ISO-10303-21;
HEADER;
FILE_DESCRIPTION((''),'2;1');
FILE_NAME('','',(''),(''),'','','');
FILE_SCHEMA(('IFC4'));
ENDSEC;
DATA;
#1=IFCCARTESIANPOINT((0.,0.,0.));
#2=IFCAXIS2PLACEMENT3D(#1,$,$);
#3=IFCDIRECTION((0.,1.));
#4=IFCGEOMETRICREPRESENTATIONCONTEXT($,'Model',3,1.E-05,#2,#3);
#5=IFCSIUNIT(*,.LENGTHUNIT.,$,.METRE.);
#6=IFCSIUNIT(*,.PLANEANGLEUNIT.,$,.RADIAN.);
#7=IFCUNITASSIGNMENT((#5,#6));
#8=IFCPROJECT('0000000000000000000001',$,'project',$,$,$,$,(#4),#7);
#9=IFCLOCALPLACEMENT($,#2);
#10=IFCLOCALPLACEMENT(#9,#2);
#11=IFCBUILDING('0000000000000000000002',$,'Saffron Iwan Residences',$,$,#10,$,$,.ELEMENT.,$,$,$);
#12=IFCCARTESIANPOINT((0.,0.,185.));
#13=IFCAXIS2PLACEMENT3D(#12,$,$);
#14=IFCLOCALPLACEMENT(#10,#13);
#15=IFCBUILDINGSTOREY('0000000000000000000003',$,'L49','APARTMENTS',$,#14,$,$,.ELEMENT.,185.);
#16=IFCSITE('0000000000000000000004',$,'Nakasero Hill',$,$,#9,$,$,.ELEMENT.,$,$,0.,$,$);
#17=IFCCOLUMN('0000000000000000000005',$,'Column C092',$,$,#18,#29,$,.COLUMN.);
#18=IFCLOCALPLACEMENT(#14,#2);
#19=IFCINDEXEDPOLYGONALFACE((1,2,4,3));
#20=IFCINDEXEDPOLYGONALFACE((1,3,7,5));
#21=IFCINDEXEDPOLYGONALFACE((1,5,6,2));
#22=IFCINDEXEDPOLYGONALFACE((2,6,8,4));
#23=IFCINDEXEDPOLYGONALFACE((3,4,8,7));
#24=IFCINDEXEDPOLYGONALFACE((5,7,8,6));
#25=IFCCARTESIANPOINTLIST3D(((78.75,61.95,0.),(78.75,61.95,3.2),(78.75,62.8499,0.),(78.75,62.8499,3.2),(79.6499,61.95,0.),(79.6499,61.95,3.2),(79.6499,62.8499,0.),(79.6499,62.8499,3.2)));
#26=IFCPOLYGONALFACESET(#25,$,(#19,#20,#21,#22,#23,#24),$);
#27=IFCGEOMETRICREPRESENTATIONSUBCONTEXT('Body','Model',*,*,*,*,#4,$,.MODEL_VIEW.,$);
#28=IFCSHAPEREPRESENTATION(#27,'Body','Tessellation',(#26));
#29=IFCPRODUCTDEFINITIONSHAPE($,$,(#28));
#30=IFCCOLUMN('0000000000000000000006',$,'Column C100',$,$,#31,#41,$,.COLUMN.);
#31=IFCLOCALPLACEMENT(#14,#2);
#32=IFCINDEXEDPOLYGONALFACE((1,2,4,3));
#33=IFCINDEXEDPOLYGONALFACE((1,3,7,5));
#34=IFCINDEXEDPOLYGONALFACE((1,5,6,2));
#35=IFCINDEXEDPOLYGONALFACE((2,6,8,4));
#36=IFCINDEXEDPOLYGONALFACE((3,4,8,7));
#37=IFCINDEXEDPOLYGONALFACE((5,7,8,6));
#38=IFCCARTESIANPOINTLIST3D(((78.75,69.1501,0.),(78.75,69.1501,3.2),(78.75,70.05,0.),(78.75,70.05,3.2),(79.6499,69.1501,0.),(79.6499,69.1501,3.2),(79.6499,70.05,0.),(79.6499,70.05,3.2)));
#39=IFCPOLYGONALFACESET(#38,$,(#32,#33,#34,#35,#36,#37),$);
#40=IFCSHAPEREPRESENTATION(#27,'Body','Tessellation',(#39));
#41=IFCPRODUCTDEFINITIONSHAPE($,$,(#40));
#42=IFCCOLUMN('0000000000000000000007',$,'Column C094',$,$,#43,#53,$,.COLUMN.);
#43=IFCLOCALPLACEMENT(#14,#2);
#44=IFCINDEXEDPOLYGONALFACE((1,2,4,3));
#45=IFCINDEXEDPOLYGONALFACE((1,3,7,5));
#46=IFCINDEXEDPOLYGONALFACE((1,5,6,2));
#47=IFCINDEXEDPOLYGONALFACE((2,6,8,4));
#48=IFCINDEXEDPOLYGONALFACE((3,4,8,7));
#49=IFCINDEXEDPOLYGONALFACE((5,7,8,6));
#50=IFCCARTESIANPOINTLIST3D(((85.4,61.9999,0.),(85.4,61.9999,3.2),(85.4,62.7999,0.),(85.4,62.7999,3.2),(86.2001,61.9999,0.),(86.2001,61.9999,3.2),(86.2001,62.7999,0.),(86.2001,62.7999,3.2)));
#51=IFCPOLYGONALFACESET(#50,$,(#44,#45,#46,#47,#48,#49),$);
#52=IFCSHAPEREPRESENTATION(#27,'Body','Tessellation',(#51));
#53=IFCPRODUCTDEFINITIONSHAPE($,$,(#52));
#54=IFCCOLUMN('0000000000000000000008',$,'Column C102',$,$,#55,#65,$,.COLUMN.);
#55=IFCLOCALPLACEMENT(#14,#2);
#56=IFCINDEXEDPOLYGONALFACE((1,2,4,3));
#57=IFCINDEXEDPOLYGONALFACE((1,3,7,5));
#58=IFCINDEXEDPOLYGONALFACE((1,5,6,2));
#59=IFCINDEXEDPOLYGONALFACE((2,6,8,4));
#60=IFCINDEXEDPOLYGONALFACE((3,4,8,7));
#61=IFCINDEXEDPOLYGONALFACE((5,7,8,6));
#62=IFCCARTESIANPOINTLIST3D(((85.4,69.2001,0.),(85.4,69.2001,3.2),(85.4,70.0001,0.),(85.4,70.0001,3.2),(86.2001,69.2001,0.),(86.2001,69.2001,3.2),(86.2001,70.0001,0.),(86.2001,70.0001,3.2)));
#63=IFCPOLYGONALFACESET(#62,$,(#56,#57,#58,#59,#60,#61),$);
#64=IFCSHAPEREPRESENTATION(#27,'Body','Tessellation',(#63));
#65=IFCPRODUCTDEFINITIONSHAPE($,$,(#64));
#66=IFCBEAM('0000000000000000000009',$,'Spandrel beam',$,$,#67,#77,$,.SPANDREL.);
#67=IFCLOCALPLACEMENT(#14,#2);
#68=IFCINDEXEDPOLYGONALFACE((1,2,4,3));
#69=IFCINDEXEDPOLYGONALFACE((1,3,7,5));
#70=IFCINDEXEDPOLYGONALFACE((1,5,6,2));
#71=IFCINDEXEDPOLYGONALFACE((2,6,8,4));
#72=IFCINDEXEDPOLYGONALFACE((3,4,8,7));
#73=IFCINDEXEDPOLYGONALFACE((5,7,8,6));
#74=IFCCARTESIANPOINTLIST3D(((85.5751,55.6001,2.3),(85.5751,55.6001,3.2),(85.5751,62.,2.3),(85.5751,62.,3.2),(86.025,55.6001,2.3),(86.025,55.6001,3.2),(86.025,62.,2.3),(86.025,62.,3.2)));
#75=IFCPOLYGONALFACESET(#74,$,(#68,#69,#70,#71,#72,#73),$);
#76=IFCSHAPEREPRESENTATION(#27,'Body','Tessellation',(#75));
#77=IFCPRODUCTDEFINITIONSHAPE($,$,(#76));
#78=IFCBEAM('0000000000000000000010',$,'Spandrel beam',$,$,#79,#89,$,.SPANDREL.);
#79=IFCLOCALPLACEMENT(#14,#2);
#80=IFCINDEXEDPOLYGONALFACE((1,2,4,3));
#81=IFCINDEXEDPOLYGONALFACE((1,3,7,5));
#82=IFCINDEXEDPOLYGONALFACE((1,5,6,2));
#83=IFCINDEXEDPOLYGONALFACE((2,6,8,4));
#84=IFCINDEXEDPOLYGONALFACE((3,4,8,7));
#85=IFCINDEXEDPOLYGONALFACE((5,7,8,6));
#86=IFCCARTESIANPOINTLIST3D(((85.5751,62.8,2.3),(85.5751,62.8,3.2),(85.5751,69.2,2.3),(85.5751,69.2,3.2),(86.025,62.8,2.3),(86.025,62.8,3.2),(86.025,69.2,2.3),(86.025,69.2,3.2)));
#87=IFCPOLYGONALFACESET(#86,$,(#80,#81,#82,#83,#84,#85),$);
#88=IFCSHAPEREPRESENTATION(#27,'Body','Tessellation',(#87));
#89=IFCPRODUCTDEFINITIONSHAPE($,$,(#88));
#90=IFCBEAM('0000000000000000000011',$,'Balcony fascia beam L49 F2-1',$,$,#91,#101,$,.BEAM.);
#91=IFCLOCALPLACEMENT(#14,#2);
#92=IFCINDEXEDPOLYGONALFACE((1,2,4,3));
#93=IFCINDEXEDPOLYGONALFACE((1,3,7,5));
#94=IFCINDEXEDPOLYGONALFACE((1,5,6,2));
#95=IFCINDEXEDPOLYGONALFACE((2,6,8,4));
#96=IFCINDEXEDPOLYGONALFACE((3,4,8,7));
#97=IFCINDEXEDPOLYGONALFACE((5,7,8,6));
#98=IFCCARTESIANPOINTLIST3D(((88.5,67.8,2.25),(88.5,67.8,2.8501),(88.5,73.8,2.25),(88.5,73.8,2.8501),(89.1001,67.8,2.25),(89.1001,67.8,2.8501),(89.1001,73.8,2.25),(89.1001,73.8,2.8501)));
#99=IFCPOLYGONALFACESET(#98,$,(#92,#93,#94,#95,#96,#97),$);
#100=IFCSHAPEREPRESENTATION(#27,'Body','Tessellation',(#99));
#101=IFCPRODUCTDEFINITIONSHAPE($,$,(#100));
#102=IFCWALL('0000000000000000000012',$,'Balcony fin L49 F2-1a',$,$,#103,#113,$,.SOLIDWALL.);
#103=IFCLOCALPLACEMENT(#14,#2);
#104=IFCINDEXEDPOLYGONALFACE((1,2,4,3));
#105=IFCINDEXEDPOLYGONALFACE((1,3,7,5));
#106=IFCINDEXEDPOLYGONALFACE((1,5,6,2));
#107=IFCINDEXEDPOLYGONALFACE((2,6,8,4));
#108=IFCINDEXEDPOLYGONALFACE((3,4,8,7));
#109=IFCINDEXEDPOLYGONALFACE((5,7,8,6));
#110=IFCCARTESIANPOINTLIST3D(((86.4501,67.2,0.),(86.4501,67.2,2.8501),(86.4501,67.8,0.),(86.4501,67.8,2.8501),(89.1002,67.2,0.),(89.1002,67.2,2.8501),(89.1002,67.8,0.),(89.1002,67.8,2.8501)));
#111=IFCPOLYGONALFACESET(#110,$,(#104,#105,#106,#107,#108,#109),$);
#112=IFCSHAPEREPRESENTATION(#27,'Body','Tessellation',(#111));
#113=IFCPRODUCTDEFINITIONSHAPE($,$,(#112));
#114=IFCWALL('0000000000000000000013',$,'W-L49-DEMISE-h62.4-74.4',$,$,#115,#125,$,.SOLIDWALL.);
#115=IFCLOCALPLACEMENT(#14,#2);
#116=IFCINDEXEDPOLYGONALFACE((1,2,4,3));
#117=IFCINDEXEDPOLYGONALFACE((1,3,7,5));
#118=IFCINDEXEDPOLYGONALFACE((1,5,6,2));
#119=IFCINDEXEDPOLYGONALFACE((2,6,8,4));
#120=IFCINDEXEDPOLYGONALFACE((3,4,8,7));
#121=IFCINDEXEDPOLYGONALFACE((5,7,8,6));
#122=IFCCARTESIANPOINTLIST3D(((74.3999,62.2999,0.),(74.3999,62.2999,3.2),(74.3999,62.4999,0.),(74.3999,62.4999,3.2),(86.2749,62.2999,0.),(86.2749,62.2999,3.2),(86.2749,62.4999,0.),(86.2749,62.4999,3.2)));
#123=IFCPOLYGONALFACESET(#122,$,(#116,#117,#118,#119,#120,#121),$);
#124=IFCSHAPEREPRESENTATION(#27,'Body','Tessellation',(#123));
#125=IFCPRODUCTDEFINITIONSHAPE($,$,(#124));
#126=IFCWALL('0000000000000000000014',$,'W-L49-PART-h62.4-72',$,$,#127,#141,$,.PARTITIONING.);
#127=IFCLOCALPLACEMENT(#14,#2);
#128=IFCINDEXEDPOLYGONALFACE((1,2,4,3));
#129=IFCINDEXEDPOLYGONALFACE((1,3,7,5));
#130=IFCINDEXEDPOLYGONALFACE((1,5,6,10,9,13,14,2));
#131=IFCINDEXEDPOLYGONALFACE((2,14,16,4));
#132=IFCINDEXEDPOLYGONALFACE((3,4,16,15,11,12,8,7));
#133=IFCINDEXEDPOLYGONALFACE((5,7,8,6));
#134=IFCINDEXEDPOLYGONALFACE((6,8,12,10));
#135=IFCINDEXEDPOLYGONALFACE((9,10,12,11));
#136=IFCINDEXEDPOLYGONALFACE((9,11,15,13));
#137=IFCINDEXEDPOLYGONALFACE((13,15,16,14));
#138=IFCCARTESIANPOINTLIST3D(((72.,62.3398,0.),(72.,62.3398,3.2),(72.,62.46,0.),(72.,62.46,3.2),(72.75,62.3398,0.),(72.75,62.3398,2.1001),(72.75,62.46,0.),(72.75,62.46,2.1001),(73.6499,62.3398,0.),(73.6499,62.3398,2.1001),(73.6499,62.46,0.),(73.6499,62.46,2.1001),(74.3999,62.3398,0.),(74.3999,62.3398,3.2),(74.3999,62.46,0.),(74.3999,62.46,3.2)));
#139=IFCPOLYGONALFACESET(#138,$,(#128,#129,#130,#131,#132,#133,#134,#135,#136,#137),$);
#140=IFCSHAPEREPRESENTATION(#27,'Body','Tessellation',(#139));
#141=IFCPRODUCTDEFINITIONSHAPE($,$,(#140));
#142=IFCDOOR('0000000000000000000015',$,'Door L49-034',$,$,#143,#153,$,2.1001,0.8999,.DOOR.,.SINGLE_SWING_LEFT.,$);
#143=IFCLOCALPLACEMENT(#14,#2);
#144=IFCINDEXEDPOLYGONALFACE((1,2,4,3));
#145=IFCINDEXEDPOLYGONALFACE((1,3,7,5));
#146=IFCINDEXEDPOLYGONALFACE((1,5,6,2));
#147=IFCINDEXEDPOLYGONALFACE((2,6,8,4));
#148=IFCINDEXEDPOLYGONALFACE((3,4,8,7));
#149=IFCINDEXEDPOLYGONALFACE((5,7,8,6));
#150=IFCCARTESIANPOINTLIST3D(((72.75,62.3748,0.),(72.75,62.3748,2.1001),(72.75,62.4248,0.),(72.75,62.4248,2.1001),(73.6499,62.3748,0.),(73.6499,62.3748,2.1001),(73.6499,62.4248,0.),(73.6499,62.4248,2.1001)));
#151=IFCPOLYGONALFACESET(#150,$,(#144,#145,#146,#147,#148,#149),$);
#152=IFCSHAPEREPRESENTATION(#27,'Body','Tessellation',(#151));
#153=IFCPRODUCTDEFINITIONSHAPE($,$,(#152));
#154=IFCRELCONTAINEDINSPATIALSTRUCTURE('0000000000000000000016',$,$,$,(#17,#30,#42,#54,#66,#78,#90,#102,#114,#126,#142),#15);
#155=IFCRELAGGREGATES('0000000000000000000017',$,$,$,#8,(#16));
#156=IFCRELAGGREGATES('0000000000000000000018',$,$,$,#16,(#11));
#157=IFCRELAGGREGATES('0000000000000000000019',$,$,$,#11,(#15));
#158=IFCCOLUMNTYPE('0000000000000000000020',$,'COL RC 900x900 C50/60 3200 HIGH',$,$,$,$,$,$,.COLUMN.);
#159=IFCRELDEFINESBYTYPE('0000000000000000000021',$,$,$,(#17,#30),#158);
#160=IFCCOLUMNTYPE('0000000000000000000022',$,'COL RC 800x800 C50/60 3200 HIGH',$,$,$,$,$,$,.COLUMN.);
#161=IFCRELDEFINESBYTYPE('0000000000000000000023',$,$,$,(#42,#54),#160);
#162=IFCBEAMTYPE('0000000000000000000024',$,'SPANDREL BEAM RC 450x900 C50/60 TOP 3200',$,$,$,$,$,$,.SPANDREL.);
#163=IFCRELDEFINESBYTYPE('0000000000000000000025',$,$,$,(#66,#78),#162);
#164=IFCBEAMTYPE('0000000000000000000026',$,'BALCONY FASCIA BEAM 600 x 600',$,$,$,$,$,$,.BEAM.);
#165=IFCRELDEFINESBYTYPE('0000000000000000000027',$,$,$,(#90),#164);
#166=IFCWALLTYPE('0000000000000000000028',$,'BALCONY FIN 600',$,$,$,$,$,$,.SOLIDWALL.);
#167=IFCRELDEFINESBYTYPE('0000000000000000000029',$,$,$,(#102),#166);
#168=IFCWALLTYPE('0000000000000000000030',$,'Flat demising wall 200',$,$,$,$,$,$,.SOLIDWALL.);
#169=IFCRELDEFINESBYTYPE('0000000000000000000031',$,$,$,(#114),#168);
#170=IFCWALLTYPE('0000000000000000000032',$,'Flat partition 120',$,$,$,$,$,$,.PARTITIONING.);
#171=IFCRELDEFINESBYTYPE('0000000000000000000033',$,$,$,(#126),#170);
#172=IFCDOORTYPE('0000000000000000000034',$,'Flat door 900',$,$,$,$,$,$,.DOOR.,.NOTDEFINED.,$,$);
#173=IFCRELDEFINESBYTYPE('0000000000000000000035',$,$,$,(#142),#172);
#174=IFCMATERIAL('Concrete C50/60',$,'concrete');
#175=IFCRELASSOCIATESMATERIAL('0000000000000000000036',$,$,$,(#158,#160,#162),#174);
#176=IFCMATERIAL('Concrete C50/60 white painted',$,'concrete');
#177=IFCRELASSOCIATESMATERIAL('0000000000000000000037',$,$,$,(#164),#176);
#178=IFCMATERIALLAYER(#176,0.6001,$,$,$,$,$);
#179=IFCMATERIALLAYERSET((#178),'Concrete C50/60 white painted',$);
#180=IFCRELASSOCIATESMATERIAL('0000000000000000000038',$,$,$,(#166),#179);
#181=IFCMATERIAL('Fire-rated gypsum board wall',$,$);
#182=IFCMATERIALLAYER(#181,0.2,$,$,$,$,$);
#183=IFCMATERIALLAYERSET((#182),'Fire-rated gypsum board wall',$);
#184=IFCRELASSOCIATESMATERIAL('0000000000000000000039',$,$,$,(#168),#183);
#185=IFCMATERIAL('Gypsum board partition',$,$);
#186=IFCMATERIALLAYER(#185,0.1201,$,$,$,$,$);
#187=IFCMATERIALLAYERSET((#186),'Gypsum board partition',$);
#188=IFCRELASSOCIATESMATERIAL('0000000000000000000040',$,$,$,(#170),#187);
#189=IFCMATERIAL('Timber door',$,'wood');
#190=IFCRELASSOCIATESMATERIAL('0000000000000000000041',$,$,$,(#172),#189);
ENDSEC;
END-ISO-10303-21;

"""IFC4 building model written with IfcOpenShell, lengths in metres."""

from ifc_helpers import new_model, si_unit, direction, frame, frame_2d, origin, origin_2d, place, context, subcontext, project, spatial, rectangle, extrude, source, transform, mapped, material, layer, layer_set, material_profile, profile_set, type_object, element, fill, save


model = new_model("IFC4")

# Units and contexts
model_context = context("Model", 3, precision=1e-05, world=origin(), true_north=direction((0.0, 1.0)))
body_context = subcontext(model_context, "Body", "Model", "MODEL_VIEW")
ifc_project = project(units=[si_unit("LENGTHUNIT", "METRE"), si_unit("PLANEANGLEUNIT", "RADIAN")], contexts=[model_context])

# Site, building, storey
site_placement = place(None, origin())
site = spatial("IfcSite", under=ifc_project, at=site_placement, Name="Nakasero Hill", CompositionType="ELEMENT", RefElevation=0.0)
building_placement = place(site_placement, origin())
building = spatial("IfcBuilding", under=site, at=building_placement, Name="Saffron Iwan Residences", CompositionType="ELEMENT")
storey_placement = place(building_placement, frame((0.0, 0.0, 185.0)))
storey = spatial("IfcBuildingStorey", under=building, at=storey_placement, Name="L49", Description="APARTMENTS", CompositionType="ELEMENT", Elevation=185.0)

# Columns
ifc_material_1 = material(Name="Concrete C50/60", Category="concrete")
ifc_material_profile_1 = material_profile(ifc_material_1, rectangle(XDim=0.8999, YDim=0.8999, at=origin_2d()), Name="RC 900x900")
ifc_profile_set_1 = profile_set([ifc_material_profile_1], Name="Concrete C50/60")
column_type_1 = type_object("IfcColumnType", Name="COL RC 900x900 C50/60 3200 HIGH", PredefinedType="COLUMN", material=ifc_profile_set_1)
shared_shape_1 = source(origin(), body_context, "Body", "SweptSolid", [
    extrude(rectangle(XDim=0.8999, YDim=0.8999, at=origin_2d()), origin(), (0.0, 0.0, 1.0), 3.2),
])
for number, where, z_axis, x_axis, name in (
    (1, (79.2, 62.3999, 0.0), (0.0, 0.0, 1.0), (1.0, 0.0, 0.0), "Column C092"),
    (2, (79.2, 69.6001, 0.0), (0.0, 0.0, 1.0), (1.0, 0.0, 0.0), "Column C100"),
):
    element("IfcColumn", number, at=place(storey_placement, frame(where, z_axis=z_axis, x_axis=x_axis)), inside=storey, type_object=column_type_1, Name=name, PredefinedType="COLUMN", context=body_context, shape_type="MappedRepresentation", body=[
        mapped(shared_shape_1, transform((0.0, 0.0, 0.0))),
    ])
ifc_material_profile_2 = material_profile(ifc_material_1, rectangle(XDim=0.8, YDim=0.8, at=origin_2d()), Name="RC 800x800")
ifc_profile_set_2 = profile_set([ifc_material_profile_2], Name="Concrete C50/60")
column_type_2 = type_object("IfcColumnType", Name="COL RC 800x800 C50/60 3200 HIGH", PredefinedType="COLUMN", material=ifc_profile_set_2)
shared_shape_2 = source(origin(), body_context, "Body", "SweptSolid", [
    extrude(rectangle(XDim=0.8, YDim=0.8, at=origin_2d()), origin(), (0.0, 0.0, 1.0), 3.2),
])
for number, where, z_axis, x_axis, name in (
    (3, (85.8, 62.3999, 0.0), (0.0, 0.0, 1.0), (1.0, 0.0, 0.0), "Column C094"),
    (4, (85.8, 69.6001, 0.0), (0.0, 0.0, 1.0), (1.0, 0.0, 0.0), "Column C102"),
):
    element("IfcColumn", number, at=place(storey_placement, frame(where, z_axis=z_axis, x_axis=x_axis)), inside=storey, type_object=column_type_2, Name=name, PredefinedType="COLUMN", context=body_context, shape_type="MappedRepresentation", body=[
        mapped(shared_shape_2, transform((0.0, 0.0, 0.0))),
    ])

# Beams
ifc_material_profile_3 = material_profile(ifc_material_1, rectangle(XDim=0.45, YDim=0.8999, at=origin_2d()), Name="RC 450x900")
ifc_profile_set_3 = profile_set([ifc_material_profile_3], Name="Concrete C50/60")
beam_type_1 = type_object("IfcBeamType", Name="SPANDREL BEAM RC 450x900 C50/60 TOP 3200", PredefinedType="SPANDREL", material=ifc_profile_set_3)
shared_shape_3 = source(origin(), body_context, "Body", "SweptSolid", [
    extrude(rectangle(XDim=0.45, YDim=0.8999, at=origin_2d()), origin(), (0.0, 0.0, 1.0), 6.3999),
])
for number, where, z_axis, x_axis, name in (
    (5, (85.8, 62.0, 2.75), (0.0, -1.0, 0.0), (1.0, 0.0, 0.0), "Spandrel beam"),
    (6, (85.8, 69.2, 2.75), (0.0, -1.0, 0.0), (1.0, 0.0, 0.0), "Spandrel beam"),
):
    element("IfcBeam", number, at=place(storey_placement, frame(where, z_axis=z_axis, x_axis=x_axis)), inside=storey, type_object=beam_type_1, Name=name, PredefinedType="SPANDREL", context=body_context, shape_type="MappedRepresentation", body=[
        mapped(shared_shape_3, transform((0.0, 0.0, 0.0))),
    ])
ifc_material_2 = material(Name="Concrete C50/60 white painted", Category="concrete")
ifc_material_profile_4 = material_profile(ifc_material_2, rectangle(XDim=0.6001, YDim=0.6001, at=origin_2d()), Name="BALCONY FASCIA BEAM 600 x 600")
ifc_profile_set_4 = profile_set([ifc_material_profile_4], Name="Concrete C50/60 white painted")
beam_type_2 = type_object("IfcBeamType", Name="BALCONY FASCIA BEAM 600 x 600", PredefinedType="BEAM", material=ifc_profile_set_4)
shared_shape_4 = source(origin(), body_context, "Body", "SweptSolid", [
    extrude(rectangle(XDim=0.6001, YDim=0.6001, at=origin_2d()), origin(), (0.0, 0.0, 1.0), 6.0),
])
beam_placement = place(storey_placement, frame((88.8, 67.8, 2.55), z_axis=(0.0, 1.0, 0.0), x_axis=(-1.0, 0.0, 0.0)))
element("IfcBeam", 7, at=beam_placement, inside=storey, type_object=beam_type_2, Name="Balcony fascia beam L49 F2-1", PredefinedType="BEAM", context=body_context, shape_type="MappedRepresentation", body=[
    mapped(shared_shape_4, transform((0.0, 0.0, 0.0))),
])

# Walls
ifc_layer_1 = layer(ifc_material_2, 0.6001)
ifc_layer_set_1 = layer_set([ifc_layer_1], Name="Concrete C50/60 white painted")
wall_type_1 = type_object("IfcWallType", Name="BALCONY FIN 600", PredefinedType="SOLIDWALL", material=ifc_layer_set_1)
wall_1_placement = place(storey_placement, frame((86.45, 67.5, 0.0), z_axis=(0.0, 0.0, 1.0), x_axis=(1.0, 0.0, 0.0)))
element("IfcWall", 8, at=wall_1_placement, inside=storey, type_object=wall_type_1, Name="Balcony fin L49 F2-1a", PredefinedType="SOLIDWALL", context=body_context, shape_type="SweptSolid", body=[
    extrude(rectangle(XDim=2.6501, YDim=0.6001, at=frame_2d((1.3252, 0.0))), origin(), (0.0, 0.0, 1.0), 2.8501),
])
ifc_material_3 = material(Name="Fire-rated gypsum board wall")
ifc_layer_2 = layer(ifc_material_3, 0.2)
ifc_layer_set_2 = layer_set([ifc_layer_2], Name="Fire-rated gypsum board wall")
wall_type_2 = type_object("IfcWallType", Name="Flat demising wall 200", PredefinedType="SOLIDWALL", material=ifc_layer_set_2)
wall_2_placement = place(storey_placement, frame((74.3999, 62.3999, 0.0), z_axis=(0.0, 0.0, 1.0), x_axis=(1.0, 0.0, 0.0)))
element("IfcWall", 9, at=wall_2_placement, inside=storey, type_object=wall_type_2, Name="W-L49-DEMISE-h62.4-74.4", PredefinedType="SOLIDWALL", context=body_context, shape_type="SweptSolid", body=[
    extrude(rectangle(XDim=11.875, YDim=0.2, at=frame_2d((5.9375, 0.0))), origin(), (0.0, 0.0, 1.0), 3.2),
])

# Wall, opening, door
ifc_material_4 = material(Name="Gypsum board partition")
ifc_layer_3 = layer(ifc_material_4, 0.1201)
ifc_layer_set_3 = layer_set([ifc_layer_3], Name="Gypsum board partition")
wall_type_3 = type_object("IfcWallType", Name="Flat partition 120", PredefinedType="PARTITIONING", material=ifc_layer_set_3)
wall_3_placement = place(storey_placement, frame((72.0, 62.3999, 0.0), z_axis=(0.0, 0.0, 1.0), x_axis=(1.0, 0.0, 0.0)))
wall_3 = element("IfcWall", 10, at=wall_3_placement, inside=storey, type_object=wall_type_3, Name="W-L49-PART-h62.4-72", PredefinedType="PARTITIONING", context=body_context, shape_type="SweptSolid", body=[
    extrude(rectangle(XDim=2.3999, YDim=0.1201, at=frame_2d((1.2, 0.0))), origin(), (0.0, 0.0, 1.0), 3.2),
])
opening_1_placement = place(wall_3_placement, frame((0.75, 0.0, 0.0)))
opening_1 = element("IfcOpeningElement", 11, at=opening_1_placement, cuts=wall_3, PredefinedType="OPENING", context=body_context, shape_type="SweptSolid", body=[
    extrude(rectangle(XDim=0.8999, YDim=2.1001, at=frame_2d((0.45, 1.05))), frame((0.0, 0.0701, 0.0), z_axis=(0.0, -1.0, 0.0), x_axis=(1.0, 0.0, 0.0)), (0.0, 0.0, 1.0), 0.1401),
])
ifc_material_5 = material(Name="Timber door", Category="wood")
door_type_1 = type_object("IfcDoorType", Name="Flat door 900", OperationType="NOTDEFINED", PredefinedType="DOOR", material=ifc_material_5)
door_1_placement = place(opening_1_placement, origin())
door_1 = element("IfcDoor", 12, at=door_1_placement, inside=storey, type_object=door_type_1, Name="Door L49-034", OperationType="SINGLE_SWING_LEFT", OverallHeight=2.1001, OverallWidth=0.8999, PredefinedType="DOOR", context=body_context, shape_type="SweptSolid", body=[
    extrude(rectangle(XDim=0.8999, YDim=2.1001, at=frame_2d((0.45, 1.05))), frame((0.0, 0.0249, 0.0), z_axis=(0.0, -1.0, 0.0), x_axis=(1.0, 0.0, 0.0)), (0.0, 0.0, 1.0), 0.05),
])
fill(opening_1, door_1)

save(model, "model.ifc")
